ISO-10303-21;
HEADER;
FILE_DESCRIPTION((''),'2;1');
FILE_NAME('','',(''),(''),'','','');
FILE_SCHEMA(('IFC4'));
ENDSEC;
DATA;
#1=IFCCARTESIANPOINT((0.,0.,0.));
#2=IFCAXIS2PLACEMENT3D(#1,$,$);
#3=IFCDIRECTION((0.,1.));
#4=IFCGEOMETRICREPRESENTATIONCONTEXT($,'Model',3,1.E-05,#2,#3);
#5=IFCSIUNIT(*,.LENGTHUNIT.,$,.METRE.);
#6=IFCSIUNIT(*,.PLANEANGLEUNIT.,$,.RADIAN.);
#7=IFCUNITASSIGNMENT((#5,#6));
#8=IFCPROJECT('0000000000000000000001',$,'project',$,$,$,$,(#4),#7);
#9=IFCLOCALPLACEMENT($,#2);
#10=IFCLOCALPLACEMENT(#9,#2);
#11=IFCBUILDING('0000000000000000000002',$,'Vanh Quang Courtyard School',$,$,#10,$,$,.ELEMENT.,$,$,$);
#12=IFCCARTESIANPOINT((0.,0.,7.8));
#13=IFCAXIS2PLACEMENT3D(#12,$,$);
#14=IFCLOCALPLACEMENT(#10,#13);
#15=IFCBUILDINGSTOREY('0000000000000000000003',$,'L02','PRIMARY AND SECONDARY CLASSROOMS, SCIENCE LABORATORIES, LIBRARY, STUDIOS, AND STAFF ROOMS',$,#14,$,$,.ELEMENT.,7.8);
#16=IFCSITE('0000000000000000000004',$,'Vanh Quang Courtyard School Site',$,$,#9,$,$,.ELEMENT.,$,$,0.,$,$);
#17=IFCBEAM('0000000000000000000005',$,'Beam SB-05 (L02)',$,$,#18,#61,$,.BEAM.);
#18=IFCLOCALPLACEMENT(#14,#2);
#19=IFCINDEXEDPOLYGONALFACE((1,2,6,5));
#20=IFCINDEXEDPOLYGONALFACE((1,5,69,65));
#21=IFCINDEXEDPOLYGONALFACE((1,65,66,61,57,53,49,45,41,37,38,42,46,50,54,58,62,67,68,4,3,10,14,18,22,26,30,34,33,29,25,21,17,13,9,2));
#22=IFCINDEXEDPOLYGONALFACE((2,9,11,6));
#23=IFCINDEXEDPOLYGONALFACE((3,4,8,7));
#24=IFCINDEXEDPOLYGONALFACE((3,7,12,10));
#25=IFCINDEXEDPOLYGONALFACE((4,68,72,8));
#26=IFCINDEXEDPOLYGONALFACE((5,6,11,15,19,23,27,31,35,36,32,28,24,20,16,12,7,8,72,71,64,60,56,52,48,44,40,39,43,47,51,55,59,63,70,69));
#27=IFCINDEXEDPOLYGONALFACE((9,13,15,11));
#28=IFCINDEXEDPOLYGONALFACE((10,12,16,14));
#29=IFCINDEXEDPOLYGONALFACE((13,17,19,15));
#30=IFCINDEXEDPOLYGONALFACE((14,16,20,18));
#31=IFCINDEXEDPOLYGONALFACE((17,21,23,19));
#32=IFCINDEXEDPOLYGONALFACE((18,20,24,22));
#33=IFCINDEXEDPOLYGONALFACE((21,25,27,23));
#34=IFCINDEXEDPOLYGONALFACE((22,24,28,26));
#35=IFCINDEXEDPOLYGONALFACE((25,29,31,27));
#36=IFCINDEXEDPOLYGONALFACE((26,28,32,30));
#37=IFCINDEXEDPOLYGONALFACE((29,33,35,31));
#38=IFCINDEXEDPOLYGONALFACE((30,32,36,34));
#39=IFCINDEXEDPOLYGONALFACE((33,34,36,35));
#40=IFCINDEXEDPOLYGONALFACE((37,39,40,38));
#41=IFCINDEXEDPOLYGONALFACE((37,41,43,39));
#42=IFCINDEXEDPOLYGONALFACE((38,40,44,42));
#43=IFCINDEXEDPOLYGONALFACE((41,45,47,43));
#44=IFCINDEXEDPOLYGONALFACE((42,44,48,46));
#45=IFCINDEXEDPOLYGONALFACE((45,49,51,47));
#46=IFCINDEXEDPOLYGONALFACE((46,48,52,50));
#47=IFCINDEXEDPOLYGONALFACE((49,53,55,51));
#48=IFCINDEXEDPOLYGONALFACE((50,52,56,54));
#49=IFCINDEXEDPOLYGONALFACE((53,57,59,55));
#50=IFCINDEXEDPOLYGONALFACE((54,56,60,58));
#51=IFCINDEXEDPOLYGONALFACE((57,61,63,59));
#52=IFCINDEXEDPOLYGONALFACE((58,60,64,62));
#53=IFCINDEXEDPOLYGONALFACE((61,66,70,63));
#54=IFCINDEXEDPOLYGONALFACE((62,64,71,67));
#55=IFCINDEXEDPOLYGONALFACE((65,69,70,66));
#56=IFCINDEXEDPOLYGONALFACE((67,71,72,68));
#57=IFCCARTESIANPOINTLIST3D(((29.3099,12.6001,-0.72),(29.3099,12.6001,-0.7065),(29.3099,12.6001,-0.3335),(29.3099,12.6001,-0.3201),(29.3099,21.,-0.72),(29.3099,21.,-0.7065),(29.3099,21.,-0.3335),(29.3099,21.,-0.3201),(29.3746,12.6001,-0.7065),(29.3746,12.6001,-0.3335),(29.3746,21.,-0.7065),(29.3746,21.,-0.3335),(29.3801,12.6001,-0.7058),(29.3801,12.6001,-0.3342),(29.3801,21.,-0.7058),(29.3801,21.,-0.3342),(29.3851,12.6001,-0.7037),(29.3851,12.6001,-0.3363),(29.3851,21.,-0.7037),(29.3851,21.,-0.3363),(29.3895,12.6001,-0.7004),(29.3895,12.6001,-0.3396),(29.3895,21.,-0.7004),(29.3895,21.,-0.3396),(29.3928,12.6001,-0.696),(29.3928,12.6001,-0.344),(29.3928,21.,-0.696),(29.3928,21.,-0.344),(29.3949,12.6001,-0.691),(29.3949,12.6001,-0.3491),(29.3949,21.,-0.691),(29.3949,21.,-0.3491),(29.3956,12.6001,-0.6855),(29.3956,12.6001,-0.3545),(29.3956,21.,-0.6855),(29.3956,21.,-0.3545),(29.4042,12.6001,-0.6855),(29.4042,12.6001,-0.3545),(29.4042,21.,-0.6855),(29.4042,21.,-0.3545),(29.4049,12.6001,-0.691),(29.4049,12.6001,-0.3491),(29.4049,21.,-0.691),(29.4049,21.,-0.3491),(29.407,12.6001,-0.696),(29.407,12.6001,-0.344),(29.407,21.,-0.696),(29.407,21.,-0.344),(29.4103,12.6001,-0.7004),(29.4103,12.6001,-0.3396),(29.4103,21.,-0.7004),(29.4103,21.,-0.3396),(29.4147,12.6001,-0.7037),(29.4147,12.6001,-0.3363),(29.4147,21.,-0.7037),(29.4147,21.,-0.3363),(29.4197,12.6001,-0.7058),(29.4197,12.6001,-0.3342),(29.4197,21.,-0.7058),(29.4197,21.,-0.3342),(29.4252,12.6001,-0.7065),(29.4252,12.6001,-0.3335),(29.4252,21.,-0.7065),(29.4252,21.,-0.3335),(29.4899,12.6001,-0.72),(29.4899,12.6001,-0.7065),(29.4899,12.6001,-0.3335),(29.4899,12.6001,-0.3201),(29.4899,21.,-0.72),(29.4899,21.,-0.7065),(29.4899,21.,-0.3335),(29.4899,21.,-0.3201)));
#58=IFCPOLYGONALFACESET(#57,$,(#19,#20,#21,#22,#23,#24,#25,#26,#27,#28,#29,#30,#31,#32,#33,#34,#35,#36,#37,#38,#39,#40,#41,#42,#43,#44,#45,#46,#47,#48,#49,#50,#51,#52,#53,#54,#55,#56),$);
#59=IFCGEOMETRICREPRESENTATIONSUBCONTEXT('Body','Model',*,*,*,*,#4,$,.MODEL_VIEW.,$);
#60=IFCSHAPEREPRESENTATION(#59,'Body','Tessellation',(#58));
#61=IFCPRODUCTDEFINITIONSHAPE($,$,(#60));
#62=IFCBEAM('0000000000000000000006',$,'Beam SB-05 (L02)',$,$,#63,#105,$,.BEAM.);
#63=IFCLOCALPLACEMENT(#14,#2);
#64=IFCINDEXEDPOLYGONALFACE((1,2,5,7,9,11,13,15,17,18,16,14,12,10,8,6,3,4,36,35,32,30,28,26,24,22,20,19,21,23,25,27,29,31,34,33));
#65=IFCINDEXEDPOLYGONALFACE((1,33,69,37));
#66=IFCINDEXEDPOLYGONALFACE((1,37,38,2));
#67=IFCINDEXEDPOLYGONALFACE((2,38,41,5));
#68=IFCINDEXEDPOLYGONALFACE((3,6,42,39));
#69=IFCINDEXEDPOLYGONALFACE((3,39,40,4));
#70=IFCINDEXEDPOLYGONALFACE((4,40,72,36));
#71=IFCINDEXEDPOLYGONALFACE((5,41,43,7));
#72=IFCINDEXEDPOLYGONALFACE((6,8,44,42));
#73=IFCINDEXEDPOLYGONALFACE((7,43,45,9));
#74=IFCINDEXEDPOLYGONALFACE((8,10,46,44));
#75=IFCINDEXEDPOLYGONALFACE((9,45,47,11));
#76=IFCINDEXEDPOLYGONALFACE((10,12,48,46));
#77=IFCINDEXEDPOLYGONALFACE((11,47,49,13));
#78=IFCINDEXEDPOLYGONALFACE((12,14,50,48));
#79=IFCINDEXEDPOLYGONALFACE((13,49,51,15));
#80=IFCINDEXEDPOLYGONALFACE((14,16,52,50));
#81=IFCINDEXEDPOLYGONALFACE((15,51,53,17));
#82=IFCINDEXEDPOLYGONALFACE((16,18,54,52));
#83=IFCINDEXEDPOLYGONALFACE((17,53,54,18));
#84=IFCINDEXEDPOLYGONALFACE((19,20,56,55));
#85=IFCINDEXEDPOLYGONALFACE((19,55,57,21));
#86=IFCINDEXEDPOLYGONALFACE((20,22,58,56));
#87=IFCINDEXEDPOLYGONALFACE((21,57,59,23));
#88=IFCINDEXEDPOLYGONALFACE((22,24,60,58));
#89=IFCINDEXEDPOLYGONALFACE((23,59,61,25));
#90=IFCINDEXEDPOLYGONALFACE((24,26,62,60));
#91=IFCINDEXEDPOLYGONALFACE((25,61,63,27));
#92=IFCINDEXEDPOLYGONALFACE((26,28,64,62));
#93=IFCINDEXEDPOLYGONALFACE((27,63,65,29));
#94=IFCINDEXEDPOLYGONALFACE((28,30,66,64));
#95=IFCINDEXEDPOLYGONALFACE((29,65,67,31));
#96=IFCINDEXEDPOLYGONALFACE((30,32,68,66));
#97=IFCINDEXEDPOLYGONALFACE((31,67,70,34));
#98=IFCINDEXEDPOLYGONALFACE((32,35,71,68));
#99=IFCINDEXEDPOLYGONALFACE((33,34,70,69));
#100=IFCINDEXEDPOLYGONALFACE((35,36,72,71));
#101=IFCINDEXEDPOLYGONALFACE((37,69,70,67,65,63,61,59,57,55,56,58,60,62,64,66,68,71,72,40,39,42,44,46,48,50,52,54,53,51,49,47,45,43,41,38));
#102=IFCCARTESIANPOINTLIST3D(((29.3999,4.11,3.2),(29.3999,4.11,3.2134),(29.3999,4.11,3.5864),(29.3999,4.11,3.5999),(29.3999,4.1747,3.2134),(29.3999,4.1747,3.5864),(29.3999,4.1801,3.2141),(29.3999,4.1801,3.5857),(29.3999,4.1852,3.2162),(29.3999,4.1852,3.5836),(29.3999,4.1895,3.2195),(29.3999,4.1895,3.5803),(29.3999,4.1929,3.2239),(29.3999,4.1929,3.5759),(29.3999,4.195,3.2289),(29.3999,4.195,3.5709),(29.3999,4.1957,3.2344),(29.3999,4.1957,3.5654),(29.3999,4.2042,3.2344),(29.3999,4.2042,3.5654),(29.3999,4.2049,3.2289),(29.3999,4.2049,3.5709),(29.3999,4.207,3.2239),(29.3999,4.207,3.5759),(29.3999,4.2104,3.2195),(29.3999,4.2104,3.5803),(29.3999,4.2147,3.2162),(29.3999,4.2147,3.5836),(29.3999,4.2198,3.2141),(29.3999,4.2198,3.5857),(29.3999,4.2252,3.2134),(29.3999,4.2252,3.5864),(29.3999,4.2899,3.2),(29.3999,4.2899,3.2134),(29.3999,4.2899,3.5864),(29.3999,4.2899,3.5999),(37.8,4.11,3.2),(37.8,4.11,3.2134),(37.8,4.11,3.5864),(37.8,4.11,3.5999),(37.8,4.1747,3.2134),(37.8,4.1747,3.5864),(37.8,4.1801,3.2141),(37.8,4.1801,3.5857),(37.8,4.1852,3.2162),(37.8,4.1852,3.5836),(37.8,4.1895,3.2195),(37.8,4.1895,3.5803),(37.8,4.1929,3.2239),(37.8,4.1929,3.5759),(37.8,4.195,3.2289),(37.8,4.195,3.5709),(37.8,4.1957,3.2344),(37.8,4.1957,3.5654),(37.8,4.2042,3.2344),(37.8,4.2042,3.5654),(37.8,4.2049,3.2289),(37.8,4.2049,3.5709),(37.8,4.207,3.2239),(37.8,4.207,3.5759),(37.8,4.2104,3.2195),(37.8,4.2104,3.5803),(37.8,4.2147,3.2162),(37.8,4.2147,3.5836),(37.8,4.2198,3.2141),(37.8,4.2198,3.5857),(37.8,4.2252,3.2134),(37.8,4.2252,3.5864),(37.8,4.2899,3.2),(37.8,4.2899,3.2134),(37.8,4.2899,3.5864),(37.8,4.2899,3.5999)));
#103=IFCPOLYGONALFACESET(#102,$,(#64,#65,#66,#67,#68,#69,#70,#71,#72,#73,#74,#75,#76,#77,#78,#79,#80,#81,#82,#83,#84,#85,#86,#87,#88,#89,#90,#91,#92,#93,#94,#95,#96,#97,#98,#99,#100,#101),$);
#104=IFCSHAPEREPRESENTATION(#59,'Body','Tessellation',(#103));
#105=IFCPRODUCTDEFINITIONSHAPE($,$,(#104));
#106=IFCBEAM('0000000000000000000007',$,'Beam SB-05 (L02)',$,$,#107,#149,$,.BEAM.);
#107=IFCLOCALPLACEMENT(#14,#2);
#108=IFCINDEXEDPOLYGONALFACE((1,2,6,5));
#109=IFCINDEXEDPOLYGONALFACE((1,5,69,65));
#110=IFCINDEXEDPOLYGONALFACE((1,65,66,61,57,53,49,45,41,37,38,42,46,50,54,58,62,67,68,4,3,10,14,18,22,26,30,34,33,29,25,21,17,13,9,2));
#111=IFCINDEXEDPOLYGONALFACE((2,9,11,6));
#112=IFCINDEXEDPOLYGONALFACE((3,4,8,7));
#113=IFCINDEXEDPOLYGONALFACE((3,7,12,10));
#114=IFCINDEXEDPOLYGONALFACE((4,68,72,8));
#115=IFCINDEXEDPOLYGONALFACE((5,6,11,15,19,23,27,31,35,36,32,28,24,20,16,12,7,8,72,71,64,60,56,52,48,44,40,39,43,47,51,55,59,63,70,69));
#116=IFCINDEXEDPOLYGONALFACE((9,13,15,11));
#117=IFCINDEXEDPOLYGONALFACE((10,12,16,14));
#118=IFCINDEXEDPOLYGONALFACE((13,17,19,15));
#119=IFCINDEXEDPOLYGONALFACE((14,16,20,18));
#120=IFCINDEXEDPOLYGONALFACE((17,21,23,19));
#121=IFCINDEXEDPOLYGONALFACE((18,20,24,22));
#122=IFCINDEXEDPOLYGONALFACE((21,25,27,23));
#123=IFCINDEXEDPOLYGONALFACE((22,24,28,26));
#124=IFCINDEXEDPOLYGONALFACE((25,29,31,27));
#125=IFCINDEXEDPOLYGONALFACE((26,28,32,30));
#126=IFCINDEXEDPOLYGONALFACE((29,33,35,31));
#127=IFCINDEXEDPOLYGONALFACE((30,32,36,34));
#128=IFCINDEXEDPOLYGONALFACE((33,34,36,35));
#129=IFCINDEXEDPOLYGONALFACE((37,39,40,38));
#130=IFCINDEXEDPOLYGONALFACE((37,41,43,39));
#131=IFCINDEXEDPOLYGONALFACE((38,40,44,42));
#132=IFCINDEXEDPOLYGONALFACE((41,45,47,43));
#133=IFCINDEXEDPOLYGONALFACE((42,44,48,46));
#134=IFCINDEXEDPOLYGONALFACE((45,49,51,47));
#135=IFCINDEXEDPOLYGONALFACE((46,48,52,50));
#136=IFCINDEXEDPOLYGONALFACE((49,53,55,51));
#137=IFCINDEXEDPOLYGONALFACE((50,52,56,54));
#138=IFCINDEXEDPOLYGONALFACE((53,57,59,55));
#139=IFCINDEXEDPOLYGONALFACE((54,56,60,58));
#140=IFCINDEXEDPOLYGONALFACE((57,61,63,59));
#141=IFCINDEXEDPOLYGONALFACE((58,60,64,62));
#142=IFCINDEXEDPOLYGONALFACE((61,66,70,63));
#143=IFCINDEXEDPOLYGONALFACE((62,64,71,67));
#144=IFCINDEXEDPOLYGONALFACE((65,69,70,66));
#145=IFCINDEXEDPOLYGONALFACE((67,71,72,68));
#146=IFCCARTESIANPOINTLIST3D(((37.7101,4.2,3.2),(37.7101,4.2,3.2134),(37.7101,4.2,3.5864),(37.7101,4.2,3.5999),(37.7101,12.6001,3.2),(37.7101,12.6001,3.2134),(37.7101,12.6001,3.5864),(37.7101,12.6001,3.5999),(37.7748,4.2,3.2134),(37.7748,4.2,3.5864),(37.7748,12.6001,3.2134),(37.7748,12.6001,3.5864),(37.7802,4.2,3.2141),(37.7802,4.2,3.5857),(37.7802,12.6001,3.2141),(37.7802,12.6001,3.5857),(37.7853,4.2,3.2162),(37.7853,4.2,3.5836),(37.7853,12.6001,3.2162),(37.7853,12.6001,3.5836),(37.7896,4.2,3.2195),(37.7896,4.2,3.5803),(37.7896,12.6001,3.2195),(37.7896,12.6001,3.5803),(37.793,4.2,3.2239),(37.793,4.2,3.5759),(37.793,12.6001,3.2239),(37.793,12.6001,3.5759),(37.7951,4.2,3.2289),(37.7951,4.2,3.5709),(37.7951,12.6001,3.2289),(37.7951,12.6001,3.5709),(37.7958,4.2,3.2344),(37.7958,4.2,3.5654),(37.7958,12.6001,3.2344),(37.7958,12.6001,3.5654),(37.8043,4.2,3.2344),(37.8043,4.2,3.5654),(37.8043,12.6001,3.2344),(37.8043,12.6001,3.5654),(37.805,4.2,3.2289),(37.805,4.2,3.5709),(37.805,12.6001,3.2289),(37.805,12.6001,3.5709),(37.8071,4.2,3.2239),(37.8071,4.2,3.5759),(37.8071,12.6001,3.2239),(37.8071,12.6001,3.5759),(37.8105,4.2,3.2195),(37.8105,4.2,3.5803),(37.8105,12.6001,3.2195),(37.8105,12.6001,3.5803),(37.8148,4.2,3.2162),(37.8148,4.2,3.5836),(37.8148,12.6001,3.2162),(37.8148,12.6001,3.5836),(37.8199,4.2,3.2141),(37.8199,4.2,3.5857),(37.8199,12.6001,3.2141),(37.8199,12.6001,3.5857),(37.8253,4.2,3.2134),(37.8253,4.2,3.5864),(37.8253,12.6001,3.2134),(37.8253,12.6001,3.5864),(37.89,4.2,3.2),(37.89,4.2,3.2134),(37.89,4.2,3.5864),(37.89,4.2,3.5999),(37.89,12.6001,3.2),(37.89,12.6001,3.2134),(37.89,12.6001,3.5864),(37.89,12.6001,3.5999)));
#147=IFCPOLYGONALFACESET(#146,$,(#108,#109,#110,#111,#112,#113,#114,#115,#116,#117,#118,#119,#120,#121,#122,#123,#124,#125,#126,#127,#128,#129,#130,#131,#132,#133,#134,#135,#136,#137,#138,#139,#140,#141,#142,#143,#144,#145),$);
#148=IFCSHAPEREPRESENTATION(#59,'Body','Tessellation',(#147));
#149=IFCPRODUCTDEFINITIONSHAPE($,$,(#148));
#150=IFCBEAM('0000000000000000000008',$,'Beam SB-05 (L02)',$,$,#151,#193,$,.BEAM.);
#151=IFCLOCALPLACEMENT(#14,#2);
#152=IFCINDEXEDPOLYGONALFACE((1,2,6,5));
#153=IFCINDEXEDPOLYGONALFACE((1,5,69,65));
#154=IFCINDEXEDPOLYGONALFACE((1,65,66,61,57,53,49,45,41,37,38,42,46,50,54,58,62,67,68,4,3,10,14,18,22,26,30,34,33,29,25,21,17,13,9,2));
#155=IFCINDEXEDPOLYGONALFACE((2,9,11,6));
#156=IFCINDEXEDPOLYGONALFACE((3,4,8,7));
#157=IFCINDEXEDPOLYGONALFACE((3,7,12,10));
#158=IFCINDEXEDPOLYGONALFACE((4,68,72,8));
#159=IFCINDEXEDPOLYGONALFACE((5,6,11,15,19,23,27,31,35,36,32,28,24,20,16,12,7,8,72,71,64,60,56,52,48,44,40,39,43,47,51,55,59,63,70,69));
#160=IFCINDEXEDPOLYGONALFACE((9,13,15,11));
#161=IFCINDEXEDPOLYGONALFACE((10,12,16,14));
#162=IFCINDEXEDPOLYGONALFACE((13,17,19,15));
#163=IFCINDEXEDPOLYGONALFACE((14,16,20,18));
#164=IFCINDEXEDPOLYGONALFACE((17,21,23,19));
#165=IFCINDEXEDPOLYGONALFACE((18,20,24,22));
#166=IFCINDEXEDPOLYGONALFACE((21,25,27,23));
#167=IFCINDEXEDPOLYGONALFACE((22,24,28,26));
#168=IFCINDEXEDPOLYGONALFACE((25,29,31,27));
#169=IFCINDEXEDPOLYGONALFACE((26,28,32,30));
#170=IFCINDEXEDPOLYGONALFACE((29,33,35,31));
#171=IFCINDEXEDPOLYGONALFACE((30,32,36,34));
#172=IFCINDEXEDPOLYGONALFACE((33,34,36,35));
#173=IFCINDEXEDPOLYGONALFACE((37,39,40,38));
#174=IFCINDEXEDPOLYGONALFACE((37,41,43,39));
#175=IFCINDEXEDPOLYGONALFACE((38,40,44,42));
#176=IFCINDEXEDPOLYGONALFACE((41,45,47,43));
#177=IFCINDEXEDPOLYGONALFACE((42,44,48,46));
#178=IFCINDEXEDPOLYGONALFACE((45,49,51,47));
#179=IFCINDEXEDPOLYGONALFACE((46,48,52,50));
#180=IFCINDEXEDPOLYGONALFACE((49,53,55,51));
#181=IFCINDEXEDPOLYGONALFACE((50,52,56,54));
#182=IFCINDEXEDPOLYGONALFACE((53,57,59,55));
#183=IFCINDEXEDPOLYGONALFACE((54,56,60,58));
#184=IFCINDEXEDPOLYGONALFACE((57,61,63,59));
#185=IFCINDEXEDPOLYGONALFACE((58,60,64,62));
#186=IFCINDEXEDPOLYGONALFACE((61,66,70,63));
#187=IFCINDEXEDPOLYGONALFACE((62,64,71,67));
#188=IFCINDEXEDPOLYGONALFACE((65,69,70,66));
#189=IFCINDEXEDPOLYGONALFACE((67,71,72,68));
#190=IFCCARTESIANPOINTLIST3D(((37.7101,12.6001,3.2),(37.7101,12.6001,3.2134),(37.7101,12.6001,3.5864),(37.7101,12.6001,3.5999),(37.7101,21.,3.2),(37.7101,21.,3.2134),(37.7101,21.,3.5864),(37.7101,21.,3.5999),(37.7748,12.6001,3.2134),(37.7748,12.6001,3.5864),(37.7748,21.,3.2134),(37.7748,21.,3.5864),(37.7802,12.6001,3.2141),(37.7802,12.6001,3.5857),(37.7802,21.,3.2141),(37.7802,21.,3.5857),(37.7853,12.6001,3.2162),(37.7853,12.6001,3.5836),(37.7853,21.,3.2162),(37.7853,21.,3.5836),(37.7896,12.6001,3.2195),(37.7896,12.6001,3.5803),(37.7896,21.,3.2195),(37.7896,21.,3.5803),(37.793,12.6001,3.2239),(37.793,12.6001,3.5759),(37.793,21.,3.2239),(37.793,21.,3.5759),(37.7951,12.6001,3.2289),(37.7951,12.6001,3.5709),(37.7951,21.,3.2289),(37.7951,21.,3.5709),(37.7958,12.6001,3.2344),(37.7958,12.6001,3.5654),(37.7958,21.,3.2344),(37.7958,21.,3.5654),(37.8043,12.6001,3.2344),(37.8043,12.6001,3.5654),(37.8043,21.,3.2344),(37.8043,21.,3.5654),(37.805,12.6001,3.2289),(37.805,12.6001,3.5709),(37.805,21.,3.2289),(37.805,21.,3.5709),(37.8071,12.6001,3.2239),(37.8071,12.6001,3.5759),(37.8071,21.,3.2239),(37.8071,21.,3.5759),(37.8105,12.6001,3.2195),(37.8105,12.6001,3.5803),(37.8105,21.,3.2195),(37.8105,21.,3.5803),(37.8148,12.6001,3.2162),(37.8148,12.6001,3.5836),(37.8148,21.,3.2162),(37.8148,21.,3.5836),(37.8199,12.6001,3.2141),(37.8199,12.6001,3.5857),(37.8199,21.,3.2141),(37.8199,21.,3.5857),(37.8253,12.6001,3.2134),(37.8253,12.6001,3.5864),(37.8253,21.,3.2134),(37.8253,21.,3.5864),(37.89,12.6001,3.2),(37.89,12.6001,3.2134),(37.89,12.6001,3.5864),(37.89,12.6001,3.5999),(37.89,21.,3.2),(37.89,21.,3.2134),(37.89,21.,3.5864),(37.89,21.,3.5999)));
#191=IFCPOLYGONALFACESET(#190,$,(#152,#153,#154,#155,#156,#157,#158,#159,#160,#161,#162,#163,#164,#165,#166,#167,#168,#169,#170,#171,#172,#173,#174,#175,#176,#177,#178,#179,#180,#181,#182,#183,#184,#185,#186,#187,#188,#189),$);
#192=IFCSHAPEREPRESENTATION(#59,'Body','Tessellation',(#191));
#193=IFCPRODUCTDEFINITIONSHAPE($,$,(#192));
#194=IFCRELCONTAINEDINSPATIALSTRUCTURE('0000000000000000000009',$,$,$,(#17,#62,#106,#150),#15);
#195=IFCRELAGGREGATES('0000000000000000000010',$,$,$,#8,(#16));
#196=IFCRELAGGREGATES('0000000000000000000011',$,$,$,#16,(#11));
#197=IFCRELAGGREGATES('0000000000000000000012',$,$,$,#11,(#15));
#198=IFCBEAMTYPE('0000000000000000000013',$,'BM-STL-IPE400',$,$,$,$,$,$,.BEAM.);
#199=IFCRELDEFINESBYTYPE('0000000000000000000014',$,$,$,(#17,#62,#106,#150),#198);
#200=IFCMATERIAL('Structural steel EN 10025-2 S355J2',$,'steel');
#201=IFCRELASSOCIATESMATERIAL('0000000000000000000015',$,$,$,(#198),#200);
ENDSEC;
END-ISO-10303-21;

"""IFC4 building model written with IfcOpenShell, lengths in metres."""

from ifc_helpers import new_model, si_unit, direction, frame, origin, origin_2d, place, context, subcontext, project, spatial, i_section, extrude, material, material_profile, profile_set, type_object, element, save


model = new_model("IFC4")

# Units and contexts
model_context = context("Model", 3, precision=1e-05, world=origin(), true_north=direction((0.0, 1.0)))
body_context = subcontext(model_context, "Body", "Model", "MODEL_VIEW")
ifc_project = project(units=[si_unit("LENGTHUNIT", "METRE"), si_unit("PLANEANGLEUNIT", "RADIAN")], contexts=[model_context])

# Site, building, storey
site_placement = place(None, origin())
site = spatial("IfcSite", under=ifc_project, at=site_placement, Name="Vanh Quang Courtyard School Site", CompositionType="ELEMENT", RefElevation=0.0)
building_placement = place(site_placement, origin())
building = spatial("IfcBuilding", under=site, at=building_placement, Name="Vanh Quang Courtyard School", CompositionType="ELEMENT")
storey_placement = place(building_placement, frame((0.0, 0.0, 7.8)))
storey = spatial("IfcBuildingStorey", under=building, at=storey_placement, Name="L02", Description="PRIMARY AND SECONDARY CLASSROOMS, SCIENCE LABORATORIES, LIBRARY, STUDIOS, AND STAFF ROOMS", CompositionType="ELEMENT", Elevation=7.8)

# Shared definitions
ifc_material_1 = material(Name="Structural steel EN 10025-2 S355J2", Category="steel")

# Beams
ifc_material_profile_1 = material_profile(ifc_material_1, i_section(OverallWidth=0.1799, OverallDepth=0.3999, WebThickness=0.0085, FlangeThickness=0.0134, FilletRadius=0.021, at=origin_2d()), Name="IPE 400")
ifc_profile_set_1 = profile_set([ifc_material_profile_1], Name="Structural steel EN 10025-2 S355J2")
beam_type_1 = type_object("IfcBeamType", Name="BM-STL-IPE400", PredefinedType="BEAM", material=ifc_profile_set_1)
beam_1_placement = place(storey_placement, frame((29.3999, 12.6001, -0.52), z_axis=(0.0, 1.0, 0.0), x_axis=(-1.0, 0.0, 0.0)))
element("IfcBeam", 1, at=beam_1_placement, inside=storey, type_object=beam_type_1, Name="Beam SB-05 (L02)", PredefinedType="BEAM", context=body_context, shape_type="SweptSolid", body=[
    extrude(i_section(OverallWidth=0.1799, OverallDepth=0.3999, WebThickness=0.0085, FlangeThickness=0.0134, FilletRadius=0.021, at=origin_2d()), origin(), (0.0, 0.0, 1.0), 8.3999),
])
for number, where, z_axis, x_axis, name in (
    (2, (29.3999, 4.2, 3.3999), (1.0, 0.0, 0.0), (0.0, 1.0, 0.0), "Beam SB-05 (L02)"),
    (3, (37.8, 4.2, 3.3999), (0.0, 1.0, 0.0), (-1.0, 0.0, 0.0), "Beam SB-05 (L02)"),
):
    element("IfcBeam", number, at=place(storey_placement, frame(where, z_axis=z_axis, x_axis=x_axis)), inside=storey, type_object=beam_type_1, Name=name, PredefinedType="BEAM", context=body_context, shape_type="SweptSolid", body=[
        extrude(i_section(OverallWidth=0.1799, OverallDepth=0.3999, WebThickness=0.0085, FlangeThickness=0.0134, FilletRadius=0.021, at=origin_2d()), origin(), (0.0, 0.0, 1.0), 8.4001),
    ])
beam_2_placement = place(storey_placement, frame((37.8, 12.6001, 3.3999), z_axis=(0.0, 1.0, 0.0), x_axis=(-1.0, 0.0, 0.0)))
element("IfcBeam", 4, at=beam_2_placement, inside=storey, type_object=beam_type_1, Name="Beam SB-05 (L02)", PredefinedType="BEAM", context=body_context, shape_type="SweptSolid", body=[
    extrude(i_section(OverallWidth=0.1799, OverallDepth=0.3999, WebThickness=0.0085, FlangeThickness=0.0134, FilletRadius=0.021, at=origin_2d()), origin(), (0.0, 0.0, 1.0), 8.3999),
])

save(model, "model.ifc")
